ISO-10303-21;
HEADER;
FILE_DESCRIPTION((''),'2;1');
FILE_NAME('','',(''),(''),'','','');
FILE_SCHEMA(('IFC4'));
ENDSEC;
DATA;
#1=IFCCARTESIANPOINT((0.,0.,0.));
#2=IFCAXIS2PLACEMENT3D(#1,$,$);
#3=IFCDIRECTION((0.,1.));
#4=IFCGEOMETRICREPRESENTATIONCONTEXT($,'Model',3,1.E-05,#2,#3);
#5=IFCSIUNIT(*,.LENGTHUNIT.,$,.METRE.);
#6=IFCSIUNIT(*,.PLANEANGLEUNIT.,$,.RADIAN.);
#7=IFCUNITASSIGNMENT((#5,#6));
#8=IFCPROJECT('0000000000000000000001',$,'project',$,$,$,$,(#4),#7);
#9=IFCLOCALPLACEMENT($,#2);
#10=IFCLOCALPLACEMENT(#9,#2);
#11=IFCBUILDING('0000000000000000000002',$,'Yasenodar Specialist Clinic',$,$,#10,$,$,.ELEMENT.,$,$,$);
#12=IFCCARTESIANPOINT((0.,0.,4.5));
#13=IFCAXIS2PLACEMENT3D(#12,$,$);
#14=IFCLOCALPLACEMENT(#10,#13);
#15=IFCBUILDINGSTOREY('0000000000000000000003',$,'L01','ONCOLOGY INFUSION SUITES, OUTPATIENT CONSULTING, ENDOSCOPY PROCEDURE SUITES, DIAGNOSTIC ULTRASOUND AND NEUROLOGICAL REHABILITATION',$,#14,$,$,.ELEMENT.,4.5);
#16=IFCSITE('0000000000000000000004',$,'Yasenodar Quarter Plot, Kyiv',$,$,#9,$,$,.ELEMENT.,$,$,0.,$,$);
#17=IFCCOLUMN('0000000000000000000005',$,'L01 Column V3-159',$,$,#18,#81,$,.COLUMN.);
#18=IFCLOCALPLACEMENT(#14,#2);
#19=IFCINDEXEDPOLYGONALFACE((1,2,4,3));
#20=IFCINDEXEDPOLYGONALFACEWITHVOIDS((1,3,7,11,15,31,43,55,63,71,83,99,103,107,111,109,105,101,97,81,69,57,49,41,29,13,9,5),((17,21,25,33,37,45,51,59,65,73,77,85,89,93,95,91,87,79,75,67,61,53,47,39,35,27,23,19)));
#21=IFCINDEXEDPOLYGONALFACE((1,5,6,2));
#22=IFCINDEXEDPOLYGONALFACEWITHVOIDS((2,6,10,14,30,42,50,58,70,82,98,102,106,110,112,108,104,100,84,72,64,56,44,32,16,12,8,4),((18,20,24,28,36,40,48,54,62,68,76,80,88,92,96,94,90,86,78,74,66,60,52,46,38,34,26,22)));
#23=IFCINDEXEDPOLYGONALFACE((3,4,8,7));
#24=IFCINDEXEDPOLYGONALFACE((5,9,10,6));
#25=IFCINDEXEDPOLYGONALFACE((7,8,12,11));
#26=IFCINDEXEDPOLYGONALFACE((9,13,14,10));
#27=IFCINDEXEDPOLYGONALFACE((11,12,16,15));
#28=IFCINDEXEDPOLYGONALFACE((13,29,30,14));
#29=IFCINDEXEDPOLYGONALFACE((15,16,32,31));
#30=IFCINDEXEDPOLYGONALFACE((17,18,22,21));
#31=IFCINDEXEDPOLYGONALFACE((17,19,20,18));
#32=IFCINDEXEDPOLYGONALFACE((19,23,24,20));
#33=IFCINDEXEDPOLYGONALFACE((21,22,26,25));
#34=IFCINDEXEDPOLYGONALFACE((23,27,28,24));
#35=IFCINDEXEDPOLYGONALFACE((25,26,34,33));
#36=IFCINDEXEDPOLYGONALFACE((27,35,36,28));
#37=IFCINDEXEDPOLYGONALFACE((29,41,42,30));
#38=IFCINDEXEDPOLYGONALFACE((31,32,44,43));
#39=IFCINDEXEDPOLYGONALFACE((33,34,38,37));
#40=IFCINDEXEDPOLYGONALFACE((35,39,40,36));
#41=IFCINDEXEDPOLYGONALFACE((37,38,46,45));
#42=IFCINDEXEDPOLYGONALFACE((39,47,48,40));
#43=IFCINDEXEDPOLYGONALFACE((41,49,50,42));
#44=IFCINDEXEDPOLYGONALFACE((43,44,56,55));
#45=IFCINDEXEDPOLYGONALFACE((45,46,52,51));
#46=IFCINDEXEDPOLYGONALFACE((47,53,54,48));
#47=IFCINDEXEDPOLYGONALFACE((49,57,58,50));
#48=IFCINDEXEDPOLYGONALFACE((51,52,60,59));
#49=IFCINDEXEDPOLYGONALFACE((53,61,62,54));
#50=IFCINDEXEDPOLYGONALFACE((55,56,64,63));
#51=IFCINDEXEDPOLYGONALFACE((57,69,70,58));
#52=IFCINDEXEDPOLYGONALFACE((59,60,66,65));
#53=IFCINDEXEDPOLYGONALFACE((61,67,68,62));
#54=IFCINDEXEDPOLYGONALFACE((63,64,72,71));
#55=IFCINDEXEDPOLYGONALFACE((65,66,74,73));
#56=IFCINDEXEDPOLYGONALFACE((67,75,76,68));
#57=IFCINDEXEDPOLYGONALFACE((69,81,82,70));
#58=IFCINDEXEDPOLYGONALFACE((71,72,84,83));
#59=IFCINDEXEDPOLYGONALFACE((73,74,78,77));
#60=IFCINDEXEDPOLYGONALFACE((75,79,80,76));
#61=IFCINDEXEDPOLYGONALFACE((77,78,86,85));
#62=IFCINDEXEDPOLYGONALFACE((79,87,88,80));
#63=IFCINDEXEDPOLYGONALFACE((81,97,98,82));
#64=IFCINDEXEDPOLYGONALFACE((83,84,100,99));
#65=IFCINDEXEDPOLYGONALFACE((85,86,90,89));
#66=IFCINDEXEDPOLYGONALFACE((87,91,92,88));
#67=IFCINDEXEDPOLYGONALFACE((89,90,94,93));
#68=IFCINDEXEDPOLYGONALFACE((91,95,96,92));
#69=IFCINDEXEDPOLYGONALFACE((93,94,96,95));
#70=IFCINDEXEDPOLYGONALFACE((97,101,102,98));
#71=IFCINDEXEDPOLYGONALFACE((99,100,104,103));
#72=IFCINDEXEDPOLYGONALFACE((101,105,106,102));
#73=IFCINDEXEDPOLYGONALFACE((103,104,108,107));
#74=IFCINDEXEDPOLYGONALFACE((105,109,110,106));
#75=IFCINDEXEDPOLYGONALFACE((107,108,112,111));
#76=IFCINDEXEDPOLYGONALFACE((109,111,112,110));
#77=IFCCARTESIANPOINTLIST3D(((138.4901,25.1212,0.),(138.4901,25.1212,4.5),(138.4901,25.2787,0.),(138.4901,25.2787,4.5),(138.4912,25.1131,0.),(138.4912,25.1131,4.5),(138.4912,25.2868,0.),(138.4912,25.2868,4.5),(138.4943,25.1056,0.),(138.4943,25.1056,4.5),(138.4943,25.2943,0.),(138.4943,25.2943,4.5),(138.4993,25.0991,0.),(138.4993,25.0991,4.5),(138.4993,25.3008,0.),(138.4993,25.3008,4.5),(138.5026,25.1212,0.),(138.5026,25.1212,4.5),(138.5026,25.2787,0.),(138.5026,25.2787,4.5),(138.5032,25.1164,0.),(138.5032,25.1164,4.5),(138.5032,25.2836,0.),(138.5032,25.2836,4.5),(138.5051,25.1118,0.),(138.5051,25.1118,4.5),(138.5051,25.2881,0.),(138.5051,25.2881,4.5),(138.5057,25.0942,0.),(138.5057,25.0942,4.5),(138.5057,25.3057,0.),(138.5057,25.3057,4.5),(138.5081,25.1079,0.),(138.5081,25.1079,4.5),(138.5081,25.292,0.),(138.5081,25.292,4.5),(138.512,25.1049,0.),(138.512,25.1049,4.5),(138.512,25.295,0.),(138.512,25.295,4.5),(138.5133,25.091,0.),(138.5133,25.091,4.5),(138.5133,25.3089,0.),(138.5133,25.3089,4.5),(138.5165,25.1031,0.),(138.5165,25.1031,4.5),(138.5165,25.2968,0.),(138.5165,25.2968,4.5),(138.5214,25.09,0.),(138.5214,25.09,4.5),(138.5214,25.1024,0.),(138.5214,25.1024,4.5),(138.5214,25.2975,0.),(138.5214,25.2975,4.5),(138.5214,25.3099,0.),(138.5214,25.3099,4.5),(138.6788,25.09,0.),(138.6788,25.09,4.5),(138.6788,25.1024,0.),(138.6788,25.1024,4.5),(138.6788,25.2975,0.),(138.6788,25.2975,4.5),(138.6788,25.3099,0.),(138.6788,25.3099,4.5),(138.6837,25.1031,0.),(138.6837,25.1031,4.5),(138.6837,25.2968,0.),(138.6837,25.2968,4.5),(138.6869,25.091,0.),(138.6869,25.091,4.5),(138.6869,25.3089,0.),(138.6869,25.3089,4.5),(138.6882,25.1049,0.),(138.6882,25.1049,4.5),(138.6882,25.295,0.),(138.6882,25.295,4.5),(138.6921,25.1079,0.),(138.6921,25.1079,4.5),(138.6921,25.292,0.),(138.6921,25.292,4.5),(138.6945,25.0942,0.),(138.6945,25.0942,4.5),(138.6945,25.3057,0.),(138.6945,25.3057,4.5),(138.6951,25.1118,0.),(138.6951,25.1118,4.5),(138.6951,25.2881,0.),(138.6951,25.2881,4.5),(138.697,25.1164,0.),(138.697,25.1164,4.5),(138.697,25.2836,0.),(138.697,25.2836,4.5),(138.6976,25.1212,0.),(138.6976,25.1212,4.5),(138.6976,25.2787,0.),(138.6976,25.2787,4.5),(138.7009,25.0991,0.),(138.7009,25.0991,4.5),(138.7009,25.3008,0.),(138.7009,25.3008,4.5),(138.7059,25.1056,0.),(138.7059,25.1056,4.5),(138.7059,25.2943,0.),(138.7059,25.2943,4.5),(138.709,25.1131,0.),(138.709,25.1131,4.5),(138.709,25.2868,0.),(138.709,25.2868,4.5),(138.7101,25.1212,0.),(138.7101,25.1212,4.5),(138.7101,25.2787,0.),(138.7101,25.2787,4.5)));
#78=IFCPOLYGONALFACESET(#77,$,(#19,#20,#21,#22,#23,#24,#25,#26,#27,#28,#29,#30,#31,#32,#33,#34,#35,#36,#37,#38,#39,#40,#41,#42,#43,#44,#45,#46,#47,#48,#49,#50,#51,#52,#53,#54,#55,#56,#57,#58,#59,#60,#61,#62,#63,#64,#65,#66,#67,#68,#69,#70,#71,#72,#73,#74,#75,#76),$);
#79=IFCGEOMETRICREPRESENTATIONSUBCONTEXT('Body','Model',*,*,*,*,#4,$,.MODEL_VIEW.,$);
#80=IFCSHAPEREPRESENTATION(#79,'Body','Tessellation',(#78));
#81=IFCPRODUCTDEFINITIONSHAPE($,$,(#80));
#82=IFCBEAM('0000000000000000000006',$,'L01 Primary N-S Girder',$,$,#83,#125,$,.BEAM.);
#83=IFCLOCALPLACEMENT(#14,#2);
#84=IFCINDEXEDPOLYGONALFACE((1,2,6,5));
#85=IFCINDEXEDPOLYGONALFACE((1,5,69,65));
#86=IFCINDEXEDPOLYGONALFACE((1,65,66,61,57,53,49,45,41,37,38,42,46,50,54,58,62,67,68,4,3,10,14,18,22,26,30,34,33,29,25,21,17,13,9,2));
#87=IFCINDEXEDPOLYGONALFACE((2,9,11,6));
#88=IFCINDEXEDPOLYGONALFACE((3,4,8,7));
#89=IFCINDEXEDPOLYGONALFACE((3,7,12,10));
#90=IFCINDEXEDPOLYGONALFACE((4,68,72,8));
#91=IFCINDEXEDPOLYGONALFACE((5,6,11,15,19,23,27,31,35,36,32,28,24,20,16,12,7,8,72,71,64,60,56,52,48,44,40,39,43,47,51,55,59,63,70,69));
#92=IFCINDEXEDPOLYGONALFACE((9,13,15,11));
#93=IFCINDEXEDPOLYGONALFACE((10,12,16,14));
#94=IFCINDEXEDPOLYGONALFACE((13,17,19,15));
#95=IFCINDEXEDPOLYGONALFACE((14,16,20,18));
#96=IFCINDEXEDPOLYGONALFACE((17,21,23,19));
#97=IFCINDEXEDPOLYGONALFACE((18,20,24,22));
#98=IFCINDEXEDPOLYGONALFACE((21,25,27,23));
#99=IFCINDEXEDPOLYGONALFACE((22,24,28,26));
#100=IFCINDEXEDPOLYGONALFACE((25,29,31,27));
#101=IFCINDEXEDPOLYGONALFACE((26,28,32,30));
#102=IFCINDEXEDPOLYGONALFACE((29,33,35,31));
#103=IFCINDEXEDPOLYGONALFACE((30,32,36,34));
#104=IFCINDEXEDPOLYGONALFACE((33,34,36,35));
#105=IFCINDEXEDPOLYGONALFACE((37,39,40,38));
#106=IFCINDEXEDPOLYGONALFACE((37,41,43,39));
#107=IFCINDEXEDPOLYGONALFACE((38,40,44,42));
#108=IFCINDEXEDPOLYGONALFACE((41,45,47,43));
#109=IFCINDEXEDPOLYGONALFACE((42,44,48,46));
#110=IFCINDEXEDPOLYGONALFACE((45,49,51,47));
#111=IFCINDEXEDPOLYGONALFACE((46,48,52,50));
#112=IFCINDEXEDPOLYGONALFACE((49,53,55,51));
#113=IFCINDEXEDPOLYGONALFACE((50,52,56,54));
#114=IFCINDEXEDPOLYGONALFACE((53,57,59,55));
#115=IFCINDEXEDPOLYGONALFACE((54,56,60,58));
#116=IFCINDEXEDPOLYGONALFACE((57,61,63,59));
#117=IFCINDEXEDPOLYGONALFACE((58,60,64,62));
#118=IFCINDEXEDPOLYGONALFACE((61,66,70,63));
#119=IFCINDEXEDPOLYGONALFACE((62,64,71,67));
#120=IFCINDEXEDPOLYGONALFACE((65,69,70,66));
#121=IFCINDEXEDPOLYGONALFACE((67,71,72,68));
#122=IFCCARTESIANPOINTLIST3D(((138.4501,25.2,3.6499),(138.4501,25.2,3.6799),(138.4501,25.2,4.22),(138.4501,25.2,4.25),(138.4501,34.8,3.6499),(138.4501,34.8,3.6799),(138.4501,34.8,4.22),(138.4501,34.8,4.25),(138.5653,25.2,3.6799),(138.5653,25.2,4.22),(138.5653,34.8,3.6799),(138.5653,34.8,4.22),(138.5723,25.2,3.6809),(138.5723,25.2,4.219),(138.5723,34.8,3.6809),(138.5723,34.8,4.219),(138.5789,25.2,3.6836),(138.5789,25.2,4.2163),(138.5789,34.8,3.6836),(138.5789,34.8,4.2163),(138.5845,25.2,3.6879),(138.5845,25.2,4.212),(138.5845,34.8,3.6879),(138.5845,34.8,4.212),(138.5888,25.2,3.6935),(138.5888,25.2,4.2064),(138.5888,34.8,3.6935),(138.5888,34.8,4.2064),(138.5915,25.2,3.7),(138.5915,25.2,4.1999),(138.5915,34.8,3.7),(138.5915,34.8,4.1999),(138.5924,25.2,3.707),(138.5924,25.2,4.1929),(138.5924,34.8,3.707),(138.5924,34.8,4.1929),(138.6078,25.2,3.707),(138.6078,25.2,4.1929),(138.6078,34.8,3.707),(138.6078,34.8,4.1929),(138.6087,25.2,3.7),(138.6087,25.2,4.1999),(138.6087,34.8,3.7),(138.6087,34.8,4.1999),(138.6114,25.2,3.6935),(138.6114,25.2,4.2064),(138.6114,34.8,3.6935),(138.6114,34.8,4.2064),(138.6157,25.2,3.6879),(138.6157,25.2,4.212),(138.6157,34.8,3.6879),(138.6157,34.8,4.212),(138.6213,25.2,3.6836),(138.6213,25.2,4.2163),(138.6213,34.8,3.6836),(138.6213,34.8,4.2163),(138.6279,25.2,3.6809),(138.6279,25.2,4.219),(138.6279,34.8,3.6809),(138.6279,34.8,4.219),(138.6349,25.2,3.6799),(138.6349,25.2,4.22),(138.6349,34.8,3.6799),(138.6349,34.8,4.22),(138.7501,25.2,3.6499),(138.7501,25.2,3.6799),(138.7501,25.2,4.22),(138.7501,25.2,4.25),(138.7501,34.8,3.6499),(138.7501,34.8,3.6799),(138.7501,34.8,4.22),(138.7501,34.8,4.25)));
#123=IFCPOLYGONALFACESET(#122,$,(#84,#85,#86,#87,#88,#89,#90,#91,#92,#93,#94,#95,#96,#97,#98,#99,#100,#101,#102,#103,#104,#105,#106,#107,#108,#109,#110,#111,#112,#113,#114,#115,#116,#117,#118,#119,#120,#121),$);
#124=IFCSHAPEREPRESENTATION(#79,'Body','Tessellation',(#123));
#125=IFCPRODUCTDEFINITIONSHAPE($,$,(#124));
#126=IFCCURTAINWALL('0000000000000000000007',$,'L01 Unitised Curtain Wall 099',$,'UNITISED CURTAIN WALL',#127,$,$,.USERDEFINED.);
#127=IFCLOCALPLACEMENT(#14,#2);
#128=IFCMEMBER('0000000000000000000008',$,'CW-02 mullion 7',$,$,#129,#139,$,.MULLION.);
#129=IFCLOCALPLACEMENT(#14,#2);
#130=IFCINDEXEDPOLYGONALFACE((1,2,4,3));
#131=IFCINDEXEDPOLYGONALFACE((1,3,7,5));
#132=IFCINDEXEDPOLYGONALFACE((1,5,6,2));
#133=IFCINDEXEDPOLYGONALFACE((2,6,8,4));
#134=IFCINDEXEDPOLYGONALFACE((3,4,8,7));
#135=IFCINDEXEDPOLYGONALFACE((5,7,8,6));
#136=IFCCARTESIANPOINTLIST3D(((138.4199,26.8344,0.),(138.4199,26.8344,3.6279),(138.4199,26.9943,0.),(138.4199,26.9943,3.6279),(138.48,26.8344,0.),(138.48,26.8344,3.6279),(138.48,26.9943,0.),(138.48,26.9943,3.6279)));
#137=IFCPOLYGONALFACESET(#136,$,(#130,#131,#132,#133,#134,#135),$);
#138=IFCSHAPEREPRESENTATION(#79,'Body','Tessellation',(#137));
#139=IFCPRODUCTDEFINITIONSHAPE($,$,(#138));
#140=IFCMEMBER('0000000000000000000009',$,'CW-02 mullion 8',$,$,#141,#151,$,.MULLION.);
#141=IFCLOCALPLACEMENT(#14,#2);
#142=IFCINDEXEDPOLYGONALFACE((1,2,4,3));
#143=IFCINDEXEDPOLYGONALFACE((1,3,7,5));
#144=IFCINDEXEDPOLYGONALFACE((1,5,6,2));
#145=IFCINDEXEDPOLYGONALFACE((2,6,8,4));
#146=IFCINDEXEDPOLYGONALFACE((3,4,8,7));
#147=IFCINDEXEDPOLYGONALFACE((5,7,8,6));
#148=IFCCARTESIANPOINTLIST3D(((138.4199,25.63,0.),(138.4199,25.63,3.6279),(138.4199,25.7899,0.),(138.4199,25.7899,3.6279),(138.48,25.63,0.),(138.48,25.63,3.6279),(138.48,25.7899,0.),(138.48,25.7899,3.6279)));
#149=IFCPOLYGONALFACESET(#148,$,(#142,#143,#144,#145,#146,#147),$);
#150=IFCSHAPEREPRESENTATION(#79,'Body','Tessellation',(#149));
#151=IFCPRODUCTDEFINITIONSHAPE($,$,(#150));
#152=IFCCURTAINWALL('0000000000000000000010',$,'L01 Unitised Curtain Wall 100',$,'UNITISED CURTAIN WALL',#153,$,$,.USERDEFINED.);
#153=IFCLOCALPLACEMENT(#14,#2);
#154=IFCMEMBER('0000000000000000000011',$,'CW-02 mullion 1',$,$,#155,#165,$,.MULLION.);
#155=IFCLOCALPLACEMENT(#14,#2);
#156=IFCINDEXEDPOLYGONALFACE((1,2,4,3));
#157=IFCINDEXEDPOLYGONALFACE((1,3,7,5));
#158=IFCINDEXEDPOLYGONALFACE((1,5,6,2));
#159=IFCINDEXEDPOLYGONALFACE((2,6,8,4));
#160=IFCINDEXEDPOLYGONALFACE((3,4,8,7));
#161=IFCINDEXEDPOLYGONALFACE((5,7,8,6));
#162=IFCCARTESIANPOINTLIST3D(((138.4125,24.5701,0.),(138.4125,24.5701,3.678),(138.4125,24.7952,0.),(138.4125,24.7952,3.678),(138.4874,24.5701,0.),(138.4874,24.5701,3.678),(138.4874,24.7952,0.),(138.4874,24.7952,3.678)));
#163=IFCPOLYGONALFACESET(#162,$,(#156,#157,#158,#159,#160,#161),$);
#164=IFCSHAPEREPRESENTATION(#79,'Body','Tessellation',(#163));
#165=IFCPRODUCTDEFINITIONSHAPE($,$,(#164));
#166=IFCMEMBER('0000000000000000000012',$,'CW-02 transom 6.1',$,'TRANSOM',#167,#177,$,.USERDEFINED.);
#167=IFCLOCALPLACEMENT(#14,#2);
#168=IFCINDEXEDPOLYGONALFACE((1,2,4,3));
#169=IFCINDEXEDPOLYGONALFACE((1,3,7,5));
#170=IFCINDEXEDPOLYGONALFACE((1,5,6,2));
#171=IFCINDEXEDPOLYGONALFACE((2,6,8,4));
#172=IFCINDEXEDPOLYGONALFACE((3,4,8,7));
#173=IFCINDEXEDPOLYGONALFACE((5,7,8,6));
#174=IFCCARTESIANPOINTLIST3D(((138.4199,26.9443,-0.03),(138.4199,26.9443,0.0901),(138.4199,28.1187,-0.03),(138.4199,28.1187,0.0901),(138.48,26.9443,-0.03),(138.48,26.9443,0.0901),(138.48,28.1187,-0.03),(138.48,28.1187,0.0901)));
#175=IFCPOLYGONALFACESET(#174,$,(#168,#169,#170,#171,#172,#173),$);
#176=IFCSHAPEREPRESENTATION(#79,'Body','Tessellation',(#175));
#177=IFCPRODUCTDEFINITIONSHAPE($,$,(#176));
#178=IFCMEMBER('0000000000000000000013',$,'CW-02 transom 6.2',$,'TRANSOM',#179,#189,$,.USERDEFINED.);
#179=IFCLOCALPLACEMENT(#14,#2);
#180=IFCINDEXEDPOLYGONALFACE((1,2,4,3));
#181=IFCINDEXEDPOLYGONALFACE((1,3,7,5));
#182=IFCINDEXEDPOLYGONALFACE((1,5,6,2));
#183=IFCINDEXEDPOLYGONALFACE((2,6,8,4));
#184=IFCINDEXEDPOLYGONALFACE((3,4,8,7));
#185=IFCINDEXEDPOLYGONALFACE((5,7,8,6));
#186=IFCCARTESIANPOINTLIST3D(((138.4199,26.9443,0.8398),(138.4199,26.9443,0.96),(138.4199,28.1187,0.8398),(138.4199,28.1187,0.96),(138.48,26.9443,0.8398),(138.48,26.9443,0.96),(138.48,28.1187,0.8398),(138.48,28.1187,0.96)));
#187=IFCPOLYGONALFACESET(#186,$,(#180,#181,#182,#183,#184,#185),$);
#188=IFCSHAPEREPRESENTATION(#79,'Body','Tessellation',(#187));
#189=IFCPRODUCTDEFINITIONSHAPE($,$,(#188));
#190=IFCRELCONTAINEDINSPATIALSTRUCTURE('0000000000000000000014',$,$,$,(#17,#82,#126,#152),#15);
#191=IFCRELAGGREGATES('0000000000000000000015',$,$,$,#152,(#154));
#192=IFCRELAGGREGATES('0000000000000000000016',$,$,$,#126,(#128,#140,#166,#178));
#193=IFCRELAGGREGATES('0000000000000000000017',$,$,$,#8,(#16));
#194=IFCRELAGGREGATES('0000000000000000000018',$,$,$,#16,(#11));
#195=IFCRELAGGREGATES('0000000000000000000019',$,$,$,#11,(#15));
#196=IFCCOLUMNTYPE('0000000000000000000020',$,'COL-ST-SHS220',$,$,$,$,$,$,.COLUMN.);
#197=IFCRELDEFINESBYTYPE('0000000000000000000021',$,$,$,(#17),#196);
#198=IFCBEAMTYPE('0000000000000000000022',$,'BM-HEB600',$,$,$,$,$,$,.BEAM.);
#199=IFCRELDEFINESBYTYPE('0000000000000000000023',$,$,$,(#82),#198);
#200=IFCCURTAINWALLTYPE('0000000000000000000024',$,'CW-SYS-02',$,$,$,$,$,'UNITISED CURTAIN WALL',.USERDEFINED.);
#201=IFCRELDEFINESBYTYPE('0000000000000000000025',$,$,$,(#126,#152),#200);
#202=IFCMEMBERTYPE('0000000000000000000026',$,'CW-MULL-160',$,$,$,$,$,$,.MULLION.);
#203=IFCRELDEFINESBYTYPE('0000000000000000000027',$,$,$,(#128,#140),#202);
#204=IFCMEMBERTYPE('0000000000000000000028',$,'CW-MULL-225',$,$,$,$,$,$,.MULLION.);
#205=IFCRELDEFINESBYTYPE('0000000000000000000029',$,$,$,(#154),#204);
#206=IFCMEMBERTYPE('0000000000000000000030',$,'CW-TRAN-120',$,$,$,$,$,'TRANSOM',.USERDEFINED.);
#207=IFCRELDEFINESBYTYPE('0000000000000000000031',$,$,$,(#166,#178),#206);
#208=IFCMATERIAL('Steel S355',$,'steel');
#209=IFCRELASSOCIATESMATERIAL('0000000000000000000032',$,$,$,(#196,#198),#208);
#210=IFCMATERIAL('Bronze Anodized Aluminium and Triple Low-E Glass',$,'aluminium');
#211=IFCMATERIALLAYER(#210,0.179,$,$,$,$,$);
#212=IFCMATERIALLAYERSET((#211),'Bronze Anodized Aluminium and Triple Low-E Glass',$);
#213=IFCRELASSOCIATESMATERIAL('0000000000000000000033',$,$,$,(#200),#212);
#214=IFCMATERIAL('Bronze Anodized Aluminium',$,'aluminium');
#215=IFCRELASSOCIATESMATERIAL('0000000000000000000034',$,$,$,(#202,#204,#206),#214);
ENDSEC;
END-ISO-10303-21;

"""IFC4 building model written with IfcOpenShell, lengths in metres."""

from ifc_helpers import new_model, si_unit, direction, frame, origin, origin_2d, place, context, subcontext, project, spatial, rectangle, hollow_rectangle, i_section, extrude, material, layer, layer_set, material_profile, profile_set, type_object, element, aggregate, save


model = new_model("IFC4")

# Units and contexts
model_context = context("Model", 3, precision=1e-05, world=origin(), true_north=direction((0.0, 1.0)))
body_context = subcontext(model_context, "Body", "Model", "MODEL_VIEW")
ifc_project = project(units=[si_unit("LENGTHUNIT", "METRE"), si_unit("PLANEANGLEUNIT", "RADIAN")], contexts=[model_context])

# Site, building, storey
site_placement = place(None, origin())
site = spatial("IfcSite", under=ifc_project, at=site_placement, Name="Yasenodar Quarter Plot, Kyiv", CompositionType="ELEMENT", RefElevation=0.0)
building_placement = place(site_placement, origin())
building = spatial("IfcBuilding", under=site, at=building_placement, Name="Yasenodar Specialist Clinic", CompositionType="ELEMENT")
storey_placement = place(building_placement, frame((0.0, 0.0, 4.5)))
storey = spatial("IfcBuildingStorey", under=building, at=storey_placement, Name="L01", Description="ONCOLOGY INFUSION SUITES, OUTPATIENT CONSULTING, ENDOSCOPY PROCEDURE SUITES, DIAGNOSTIC ULTRASOUND AND NEUROLOGICAL REHABILITATION", CompositionType="ELEMENT", Elevation=4.5)

# Column
ifc_material_1 = material(Name="Steel S355", Category="steel")
ifc_material_profile_1 = material_profile(ifc_material_1, hollow_rectangle(XDim=0.22, YDim=0.22, WallThickness=0.0125, InnerFilletRadius=0.0188, OuterFilletRadius=0.0312, at=origin_2d()), Name="SHS 220x220x12.5")
ifc_profile_set_1 = profile_set([ifc_material_profile_1], Name="Steel S355")
column_type = type_object("IfcColumnType", Name="COL-ST-SHS220", PredefinedType="COLUMN", material=ifc_profile_set_1)
column_placement = place(storey_placement, frame((138.6001, 25.2, 0.0), z_axis=(0.0, 0.0, 1.0), x_axis=(1.0, 0.0, 0.0)))
element("IfcColumn", 1, at=column_placement, inside=storey, type_object=column_type, Name="L01 Column V3-159", PredefinedType="COLUMN", context=body_context, shape_type="SweptSolid", body=[
    extrude(hollow_rectangle(XDim=0.22, YDim=0.22, WallThickness=0.0125, InnerFilletRadius=0.0188, OuterFilletRadius=0.0312, at=origin_2d()), origin(), (0.0, 0.0, 1.0), 4.5),
])

# Beam
ifc_material_profile_2 = material_profile(ifc_material_1, i_section(OverallWidth=0.3, OverallDepth=0.6001, WebThickness=0.0154, FlangeThickness=0.03, FilletRadius=0.0271, at=origin_2d()), Name="HEB 600")
ifc_profile_set_2 = profile_set([ifc_material_profile_2], Name="Steel S355")
beam_type = type_object("IfcBeamType", Name="BM-HEB600", PredefinedType="BEAM", material=ifc_profile_set_2)
beam_placement = place(storey_placement, frame((138.6001, 25.2, 3.95), z_axis=(0.0, 1.0, 0.0), x_axis=(-1.0, 0.0, 0.0)))
element("IfcBeam", 2, at=beam_placement, inside=storey, type_object=beam_type, Name="L01 Primary N-S Girder", PredefinedType="BEAM", context=body_context, shape_type="SweptSolid", body=[
    extrude(i_section(OverallWidth=0.3, OverallDepth=0.6001, WebThickness=0.0154, FlangeThickness=0.03, FilletRadius=0.0271, at=origin_2d()), origin(), (0.0, 0.0, 1.0), 9.6001),
])

# Curtain wall, members
ifc_material_2 = material(Name="Bronze Anodized Aluminium and Triple Low-E Glass", Category="aluminium")
ifc_layer_1 = layer(ifc_material_2, 0.179)
ifc_layer_set_1 = layer_set([ifc_layer_1], Name="Bronze Anodized Aluminium and Triple Low-E Glass")
curtain_wall_type = type_object("IfcCurtainWallType", Name="CW-SYS-02", ElementType="UNITISED CURTAIN WALL", PredefinedType="USERDEFINED", material=ifc_layer_set_1)
curtain_wall_1_placement = place(storey_placement, origin())
curtain_wall_1 = element("IfcCurtainWall", 3, at=curtain_wall_1_placement, inside=storey, type_object=curtain_wall_type, Name="L01 Unitised Curtain Wall 099", ObjectType="UNITISED CURTAIN WALL", PredefinedType="USERDEFINED")
ifc_material_3 = material(Name="Bronze Anodized Aluminium", Category="aluminium")
ifc_material_profile_3 = material_profile(ifc_material_3, rectangle(XDim=0.0601, YDim=0.1599, at=origin_2d()), Name="CW-MULL 60x160")
ifc_profile_set_3 = profile_set([ifc_material_profile_3], Name="Bronze Anodized Aluminium")
member_type_1 = type_object("IfcMemberType", Name="CW-MULL-160", PredefinedType="MULLION", material=ifc_profile_set_3)
member_1_placement = place(storey_placement, frame((138.45, 26.9143, 0.0), z_axis=(0.0, 0.0, 1.0), x_axis=(1.0, 0.0, 0.0)))
member_1 = element("IfcMember", 4, at=member_1_placement, type_object=member_type_1, Name="CW-02 mullion 7", PredefinedType="MULLION", context=body_context, shape_type="SweptSolid", body=[
    extrude(rectangle(XDim=0.0601, YDim=0.1599, at=origin_2d()), origin(), (0.0, 0.0, 1.0), 3.6279),
])
member_2_placement = place(storey_placement, frame((138.45, 25.71, 0.0), z_axis=(0.0, 0.0, 1.0), x_axis=(1.0, 0.0, 0.0)))
member_2 = element("IfcMember", 5, at=member_2_placement, type_object=member_type_1, Name="CW-02 mullion 8", PredefinedType="MULLION", context=body_context, shape_type="SweptSolid", body=[
    extrude(rectangle(XDim=0.0601, YDim=0.1599, at=origin_2d()), origin(), (0.0, 0.0, 1.0), 3.6279),
])

# Curtain wall, member
curtain_wall_2_placement = place(storey_placement, origin())
curtain_wall_2 = element("IfcCurtainWall", 6, at=curtain_wall_2_placement, inside=storey, type_object=curtain_wall_type, Name="L01 Unitised Curtain Wall 100", ObjectType="UNITISED CURTAIN WALL", PredefinedType="USERDEFINED")
ifc_material_profile_4 = material_profile(ifc_material_3, rectangle(XDim=0.075, YDim=0.2251, at=origin_2d()), Name="CW-MULL 75x225")
ifc_profile_set_4 = profile_set([ifc_material_profile_4], Name="Bronze Anodized Aluminium")
member_type_2 = type_object("IfcMemberType", Name="CW-MULL-225", PredefinedType="MULLION", material=ifc_profile_set_4)
member_3_placement = place(storey_placement, frame((138.45, 24.6826, 0.0), z_axis=(0.0, 0.0, 1.0), x_axis=(1.0, 0.0, 0.0)))
member_3 = element("IfcMember", 7, at=member_3_placement, type_object=member_type_2, Name="CW-02 mullion 1", PredefinedType="MULLION", context=body_context, shape_type="SweptSolid", body=[
    extrude(rectangle(XDim=0.075, YDim=0.2251, at=origin_2d()), origin(), (0.0, 0.0, 1.0), 3.678),
])

# Members
ifc_material_profile_5 = material_profile(ifc_material_3, rectangle(XDim=0.0601, YDim=0.1201, at=origin_2d()), Name="CW-TRAN 60x120")
ifc_profile_set_5 = profile_set([ifc_material_profile_5], Name="Bronze Anodized Aluminium")
member_type_3 = type_object("IfcMemberType", Name="CW-TRAN-120", ElementType="TRANSOM", PredefinedType="USERDEFINED", material=ifc_profile_set_5)
member_4_placement = place(storey_placement, frame((138.45, 28.1187, 0.03), z_axis=(0.0, -1.0, 0.0), x_axis=(1.0, 0.0, 0.0)))
member_4 = element("IfcMember", 8, at=member_4_placement, type_object=member_type_3, Name="CW-02 transom 6.1", ObjectType="TRANSOM", PredefinedType="USERDEFINED", context=body_context, shape_type="SweptSolid", body=[
    extrude(rectangle(XDim=0.0601, YDim=0.1201, at=origin_2d()), origin(), (0.0, 0.0, 1.0), 1.1743),
])
member_5_placement = place(storey_placement, frame((138.45, 28.1187, 0.8999), z_axis=(0.0, -1.0, 0.0), x_axis=(1.0, 0.0, 0.0)))
member_5 = element("IfcMember", 9, at=member_5_placement, type_object=member_type_3, Name="CW-02 transom 6.2", ObjectType="TRANSOM", PredefinedType="USERDEFINED", context=body_context, shape_type="SweptSolid", body=[
    extrude(rectangle(XDim=0.0601, YDim=0.1201, at=origin_2d()), origin(), (0.0, 0.0, 1.0), 1.1743),
])

aggregate(curtain_wall_2, [member_3])
aggregate(curtain_wall_1, [member_1, member_2, member_4, member_5])

save(model, "model.ifc")
